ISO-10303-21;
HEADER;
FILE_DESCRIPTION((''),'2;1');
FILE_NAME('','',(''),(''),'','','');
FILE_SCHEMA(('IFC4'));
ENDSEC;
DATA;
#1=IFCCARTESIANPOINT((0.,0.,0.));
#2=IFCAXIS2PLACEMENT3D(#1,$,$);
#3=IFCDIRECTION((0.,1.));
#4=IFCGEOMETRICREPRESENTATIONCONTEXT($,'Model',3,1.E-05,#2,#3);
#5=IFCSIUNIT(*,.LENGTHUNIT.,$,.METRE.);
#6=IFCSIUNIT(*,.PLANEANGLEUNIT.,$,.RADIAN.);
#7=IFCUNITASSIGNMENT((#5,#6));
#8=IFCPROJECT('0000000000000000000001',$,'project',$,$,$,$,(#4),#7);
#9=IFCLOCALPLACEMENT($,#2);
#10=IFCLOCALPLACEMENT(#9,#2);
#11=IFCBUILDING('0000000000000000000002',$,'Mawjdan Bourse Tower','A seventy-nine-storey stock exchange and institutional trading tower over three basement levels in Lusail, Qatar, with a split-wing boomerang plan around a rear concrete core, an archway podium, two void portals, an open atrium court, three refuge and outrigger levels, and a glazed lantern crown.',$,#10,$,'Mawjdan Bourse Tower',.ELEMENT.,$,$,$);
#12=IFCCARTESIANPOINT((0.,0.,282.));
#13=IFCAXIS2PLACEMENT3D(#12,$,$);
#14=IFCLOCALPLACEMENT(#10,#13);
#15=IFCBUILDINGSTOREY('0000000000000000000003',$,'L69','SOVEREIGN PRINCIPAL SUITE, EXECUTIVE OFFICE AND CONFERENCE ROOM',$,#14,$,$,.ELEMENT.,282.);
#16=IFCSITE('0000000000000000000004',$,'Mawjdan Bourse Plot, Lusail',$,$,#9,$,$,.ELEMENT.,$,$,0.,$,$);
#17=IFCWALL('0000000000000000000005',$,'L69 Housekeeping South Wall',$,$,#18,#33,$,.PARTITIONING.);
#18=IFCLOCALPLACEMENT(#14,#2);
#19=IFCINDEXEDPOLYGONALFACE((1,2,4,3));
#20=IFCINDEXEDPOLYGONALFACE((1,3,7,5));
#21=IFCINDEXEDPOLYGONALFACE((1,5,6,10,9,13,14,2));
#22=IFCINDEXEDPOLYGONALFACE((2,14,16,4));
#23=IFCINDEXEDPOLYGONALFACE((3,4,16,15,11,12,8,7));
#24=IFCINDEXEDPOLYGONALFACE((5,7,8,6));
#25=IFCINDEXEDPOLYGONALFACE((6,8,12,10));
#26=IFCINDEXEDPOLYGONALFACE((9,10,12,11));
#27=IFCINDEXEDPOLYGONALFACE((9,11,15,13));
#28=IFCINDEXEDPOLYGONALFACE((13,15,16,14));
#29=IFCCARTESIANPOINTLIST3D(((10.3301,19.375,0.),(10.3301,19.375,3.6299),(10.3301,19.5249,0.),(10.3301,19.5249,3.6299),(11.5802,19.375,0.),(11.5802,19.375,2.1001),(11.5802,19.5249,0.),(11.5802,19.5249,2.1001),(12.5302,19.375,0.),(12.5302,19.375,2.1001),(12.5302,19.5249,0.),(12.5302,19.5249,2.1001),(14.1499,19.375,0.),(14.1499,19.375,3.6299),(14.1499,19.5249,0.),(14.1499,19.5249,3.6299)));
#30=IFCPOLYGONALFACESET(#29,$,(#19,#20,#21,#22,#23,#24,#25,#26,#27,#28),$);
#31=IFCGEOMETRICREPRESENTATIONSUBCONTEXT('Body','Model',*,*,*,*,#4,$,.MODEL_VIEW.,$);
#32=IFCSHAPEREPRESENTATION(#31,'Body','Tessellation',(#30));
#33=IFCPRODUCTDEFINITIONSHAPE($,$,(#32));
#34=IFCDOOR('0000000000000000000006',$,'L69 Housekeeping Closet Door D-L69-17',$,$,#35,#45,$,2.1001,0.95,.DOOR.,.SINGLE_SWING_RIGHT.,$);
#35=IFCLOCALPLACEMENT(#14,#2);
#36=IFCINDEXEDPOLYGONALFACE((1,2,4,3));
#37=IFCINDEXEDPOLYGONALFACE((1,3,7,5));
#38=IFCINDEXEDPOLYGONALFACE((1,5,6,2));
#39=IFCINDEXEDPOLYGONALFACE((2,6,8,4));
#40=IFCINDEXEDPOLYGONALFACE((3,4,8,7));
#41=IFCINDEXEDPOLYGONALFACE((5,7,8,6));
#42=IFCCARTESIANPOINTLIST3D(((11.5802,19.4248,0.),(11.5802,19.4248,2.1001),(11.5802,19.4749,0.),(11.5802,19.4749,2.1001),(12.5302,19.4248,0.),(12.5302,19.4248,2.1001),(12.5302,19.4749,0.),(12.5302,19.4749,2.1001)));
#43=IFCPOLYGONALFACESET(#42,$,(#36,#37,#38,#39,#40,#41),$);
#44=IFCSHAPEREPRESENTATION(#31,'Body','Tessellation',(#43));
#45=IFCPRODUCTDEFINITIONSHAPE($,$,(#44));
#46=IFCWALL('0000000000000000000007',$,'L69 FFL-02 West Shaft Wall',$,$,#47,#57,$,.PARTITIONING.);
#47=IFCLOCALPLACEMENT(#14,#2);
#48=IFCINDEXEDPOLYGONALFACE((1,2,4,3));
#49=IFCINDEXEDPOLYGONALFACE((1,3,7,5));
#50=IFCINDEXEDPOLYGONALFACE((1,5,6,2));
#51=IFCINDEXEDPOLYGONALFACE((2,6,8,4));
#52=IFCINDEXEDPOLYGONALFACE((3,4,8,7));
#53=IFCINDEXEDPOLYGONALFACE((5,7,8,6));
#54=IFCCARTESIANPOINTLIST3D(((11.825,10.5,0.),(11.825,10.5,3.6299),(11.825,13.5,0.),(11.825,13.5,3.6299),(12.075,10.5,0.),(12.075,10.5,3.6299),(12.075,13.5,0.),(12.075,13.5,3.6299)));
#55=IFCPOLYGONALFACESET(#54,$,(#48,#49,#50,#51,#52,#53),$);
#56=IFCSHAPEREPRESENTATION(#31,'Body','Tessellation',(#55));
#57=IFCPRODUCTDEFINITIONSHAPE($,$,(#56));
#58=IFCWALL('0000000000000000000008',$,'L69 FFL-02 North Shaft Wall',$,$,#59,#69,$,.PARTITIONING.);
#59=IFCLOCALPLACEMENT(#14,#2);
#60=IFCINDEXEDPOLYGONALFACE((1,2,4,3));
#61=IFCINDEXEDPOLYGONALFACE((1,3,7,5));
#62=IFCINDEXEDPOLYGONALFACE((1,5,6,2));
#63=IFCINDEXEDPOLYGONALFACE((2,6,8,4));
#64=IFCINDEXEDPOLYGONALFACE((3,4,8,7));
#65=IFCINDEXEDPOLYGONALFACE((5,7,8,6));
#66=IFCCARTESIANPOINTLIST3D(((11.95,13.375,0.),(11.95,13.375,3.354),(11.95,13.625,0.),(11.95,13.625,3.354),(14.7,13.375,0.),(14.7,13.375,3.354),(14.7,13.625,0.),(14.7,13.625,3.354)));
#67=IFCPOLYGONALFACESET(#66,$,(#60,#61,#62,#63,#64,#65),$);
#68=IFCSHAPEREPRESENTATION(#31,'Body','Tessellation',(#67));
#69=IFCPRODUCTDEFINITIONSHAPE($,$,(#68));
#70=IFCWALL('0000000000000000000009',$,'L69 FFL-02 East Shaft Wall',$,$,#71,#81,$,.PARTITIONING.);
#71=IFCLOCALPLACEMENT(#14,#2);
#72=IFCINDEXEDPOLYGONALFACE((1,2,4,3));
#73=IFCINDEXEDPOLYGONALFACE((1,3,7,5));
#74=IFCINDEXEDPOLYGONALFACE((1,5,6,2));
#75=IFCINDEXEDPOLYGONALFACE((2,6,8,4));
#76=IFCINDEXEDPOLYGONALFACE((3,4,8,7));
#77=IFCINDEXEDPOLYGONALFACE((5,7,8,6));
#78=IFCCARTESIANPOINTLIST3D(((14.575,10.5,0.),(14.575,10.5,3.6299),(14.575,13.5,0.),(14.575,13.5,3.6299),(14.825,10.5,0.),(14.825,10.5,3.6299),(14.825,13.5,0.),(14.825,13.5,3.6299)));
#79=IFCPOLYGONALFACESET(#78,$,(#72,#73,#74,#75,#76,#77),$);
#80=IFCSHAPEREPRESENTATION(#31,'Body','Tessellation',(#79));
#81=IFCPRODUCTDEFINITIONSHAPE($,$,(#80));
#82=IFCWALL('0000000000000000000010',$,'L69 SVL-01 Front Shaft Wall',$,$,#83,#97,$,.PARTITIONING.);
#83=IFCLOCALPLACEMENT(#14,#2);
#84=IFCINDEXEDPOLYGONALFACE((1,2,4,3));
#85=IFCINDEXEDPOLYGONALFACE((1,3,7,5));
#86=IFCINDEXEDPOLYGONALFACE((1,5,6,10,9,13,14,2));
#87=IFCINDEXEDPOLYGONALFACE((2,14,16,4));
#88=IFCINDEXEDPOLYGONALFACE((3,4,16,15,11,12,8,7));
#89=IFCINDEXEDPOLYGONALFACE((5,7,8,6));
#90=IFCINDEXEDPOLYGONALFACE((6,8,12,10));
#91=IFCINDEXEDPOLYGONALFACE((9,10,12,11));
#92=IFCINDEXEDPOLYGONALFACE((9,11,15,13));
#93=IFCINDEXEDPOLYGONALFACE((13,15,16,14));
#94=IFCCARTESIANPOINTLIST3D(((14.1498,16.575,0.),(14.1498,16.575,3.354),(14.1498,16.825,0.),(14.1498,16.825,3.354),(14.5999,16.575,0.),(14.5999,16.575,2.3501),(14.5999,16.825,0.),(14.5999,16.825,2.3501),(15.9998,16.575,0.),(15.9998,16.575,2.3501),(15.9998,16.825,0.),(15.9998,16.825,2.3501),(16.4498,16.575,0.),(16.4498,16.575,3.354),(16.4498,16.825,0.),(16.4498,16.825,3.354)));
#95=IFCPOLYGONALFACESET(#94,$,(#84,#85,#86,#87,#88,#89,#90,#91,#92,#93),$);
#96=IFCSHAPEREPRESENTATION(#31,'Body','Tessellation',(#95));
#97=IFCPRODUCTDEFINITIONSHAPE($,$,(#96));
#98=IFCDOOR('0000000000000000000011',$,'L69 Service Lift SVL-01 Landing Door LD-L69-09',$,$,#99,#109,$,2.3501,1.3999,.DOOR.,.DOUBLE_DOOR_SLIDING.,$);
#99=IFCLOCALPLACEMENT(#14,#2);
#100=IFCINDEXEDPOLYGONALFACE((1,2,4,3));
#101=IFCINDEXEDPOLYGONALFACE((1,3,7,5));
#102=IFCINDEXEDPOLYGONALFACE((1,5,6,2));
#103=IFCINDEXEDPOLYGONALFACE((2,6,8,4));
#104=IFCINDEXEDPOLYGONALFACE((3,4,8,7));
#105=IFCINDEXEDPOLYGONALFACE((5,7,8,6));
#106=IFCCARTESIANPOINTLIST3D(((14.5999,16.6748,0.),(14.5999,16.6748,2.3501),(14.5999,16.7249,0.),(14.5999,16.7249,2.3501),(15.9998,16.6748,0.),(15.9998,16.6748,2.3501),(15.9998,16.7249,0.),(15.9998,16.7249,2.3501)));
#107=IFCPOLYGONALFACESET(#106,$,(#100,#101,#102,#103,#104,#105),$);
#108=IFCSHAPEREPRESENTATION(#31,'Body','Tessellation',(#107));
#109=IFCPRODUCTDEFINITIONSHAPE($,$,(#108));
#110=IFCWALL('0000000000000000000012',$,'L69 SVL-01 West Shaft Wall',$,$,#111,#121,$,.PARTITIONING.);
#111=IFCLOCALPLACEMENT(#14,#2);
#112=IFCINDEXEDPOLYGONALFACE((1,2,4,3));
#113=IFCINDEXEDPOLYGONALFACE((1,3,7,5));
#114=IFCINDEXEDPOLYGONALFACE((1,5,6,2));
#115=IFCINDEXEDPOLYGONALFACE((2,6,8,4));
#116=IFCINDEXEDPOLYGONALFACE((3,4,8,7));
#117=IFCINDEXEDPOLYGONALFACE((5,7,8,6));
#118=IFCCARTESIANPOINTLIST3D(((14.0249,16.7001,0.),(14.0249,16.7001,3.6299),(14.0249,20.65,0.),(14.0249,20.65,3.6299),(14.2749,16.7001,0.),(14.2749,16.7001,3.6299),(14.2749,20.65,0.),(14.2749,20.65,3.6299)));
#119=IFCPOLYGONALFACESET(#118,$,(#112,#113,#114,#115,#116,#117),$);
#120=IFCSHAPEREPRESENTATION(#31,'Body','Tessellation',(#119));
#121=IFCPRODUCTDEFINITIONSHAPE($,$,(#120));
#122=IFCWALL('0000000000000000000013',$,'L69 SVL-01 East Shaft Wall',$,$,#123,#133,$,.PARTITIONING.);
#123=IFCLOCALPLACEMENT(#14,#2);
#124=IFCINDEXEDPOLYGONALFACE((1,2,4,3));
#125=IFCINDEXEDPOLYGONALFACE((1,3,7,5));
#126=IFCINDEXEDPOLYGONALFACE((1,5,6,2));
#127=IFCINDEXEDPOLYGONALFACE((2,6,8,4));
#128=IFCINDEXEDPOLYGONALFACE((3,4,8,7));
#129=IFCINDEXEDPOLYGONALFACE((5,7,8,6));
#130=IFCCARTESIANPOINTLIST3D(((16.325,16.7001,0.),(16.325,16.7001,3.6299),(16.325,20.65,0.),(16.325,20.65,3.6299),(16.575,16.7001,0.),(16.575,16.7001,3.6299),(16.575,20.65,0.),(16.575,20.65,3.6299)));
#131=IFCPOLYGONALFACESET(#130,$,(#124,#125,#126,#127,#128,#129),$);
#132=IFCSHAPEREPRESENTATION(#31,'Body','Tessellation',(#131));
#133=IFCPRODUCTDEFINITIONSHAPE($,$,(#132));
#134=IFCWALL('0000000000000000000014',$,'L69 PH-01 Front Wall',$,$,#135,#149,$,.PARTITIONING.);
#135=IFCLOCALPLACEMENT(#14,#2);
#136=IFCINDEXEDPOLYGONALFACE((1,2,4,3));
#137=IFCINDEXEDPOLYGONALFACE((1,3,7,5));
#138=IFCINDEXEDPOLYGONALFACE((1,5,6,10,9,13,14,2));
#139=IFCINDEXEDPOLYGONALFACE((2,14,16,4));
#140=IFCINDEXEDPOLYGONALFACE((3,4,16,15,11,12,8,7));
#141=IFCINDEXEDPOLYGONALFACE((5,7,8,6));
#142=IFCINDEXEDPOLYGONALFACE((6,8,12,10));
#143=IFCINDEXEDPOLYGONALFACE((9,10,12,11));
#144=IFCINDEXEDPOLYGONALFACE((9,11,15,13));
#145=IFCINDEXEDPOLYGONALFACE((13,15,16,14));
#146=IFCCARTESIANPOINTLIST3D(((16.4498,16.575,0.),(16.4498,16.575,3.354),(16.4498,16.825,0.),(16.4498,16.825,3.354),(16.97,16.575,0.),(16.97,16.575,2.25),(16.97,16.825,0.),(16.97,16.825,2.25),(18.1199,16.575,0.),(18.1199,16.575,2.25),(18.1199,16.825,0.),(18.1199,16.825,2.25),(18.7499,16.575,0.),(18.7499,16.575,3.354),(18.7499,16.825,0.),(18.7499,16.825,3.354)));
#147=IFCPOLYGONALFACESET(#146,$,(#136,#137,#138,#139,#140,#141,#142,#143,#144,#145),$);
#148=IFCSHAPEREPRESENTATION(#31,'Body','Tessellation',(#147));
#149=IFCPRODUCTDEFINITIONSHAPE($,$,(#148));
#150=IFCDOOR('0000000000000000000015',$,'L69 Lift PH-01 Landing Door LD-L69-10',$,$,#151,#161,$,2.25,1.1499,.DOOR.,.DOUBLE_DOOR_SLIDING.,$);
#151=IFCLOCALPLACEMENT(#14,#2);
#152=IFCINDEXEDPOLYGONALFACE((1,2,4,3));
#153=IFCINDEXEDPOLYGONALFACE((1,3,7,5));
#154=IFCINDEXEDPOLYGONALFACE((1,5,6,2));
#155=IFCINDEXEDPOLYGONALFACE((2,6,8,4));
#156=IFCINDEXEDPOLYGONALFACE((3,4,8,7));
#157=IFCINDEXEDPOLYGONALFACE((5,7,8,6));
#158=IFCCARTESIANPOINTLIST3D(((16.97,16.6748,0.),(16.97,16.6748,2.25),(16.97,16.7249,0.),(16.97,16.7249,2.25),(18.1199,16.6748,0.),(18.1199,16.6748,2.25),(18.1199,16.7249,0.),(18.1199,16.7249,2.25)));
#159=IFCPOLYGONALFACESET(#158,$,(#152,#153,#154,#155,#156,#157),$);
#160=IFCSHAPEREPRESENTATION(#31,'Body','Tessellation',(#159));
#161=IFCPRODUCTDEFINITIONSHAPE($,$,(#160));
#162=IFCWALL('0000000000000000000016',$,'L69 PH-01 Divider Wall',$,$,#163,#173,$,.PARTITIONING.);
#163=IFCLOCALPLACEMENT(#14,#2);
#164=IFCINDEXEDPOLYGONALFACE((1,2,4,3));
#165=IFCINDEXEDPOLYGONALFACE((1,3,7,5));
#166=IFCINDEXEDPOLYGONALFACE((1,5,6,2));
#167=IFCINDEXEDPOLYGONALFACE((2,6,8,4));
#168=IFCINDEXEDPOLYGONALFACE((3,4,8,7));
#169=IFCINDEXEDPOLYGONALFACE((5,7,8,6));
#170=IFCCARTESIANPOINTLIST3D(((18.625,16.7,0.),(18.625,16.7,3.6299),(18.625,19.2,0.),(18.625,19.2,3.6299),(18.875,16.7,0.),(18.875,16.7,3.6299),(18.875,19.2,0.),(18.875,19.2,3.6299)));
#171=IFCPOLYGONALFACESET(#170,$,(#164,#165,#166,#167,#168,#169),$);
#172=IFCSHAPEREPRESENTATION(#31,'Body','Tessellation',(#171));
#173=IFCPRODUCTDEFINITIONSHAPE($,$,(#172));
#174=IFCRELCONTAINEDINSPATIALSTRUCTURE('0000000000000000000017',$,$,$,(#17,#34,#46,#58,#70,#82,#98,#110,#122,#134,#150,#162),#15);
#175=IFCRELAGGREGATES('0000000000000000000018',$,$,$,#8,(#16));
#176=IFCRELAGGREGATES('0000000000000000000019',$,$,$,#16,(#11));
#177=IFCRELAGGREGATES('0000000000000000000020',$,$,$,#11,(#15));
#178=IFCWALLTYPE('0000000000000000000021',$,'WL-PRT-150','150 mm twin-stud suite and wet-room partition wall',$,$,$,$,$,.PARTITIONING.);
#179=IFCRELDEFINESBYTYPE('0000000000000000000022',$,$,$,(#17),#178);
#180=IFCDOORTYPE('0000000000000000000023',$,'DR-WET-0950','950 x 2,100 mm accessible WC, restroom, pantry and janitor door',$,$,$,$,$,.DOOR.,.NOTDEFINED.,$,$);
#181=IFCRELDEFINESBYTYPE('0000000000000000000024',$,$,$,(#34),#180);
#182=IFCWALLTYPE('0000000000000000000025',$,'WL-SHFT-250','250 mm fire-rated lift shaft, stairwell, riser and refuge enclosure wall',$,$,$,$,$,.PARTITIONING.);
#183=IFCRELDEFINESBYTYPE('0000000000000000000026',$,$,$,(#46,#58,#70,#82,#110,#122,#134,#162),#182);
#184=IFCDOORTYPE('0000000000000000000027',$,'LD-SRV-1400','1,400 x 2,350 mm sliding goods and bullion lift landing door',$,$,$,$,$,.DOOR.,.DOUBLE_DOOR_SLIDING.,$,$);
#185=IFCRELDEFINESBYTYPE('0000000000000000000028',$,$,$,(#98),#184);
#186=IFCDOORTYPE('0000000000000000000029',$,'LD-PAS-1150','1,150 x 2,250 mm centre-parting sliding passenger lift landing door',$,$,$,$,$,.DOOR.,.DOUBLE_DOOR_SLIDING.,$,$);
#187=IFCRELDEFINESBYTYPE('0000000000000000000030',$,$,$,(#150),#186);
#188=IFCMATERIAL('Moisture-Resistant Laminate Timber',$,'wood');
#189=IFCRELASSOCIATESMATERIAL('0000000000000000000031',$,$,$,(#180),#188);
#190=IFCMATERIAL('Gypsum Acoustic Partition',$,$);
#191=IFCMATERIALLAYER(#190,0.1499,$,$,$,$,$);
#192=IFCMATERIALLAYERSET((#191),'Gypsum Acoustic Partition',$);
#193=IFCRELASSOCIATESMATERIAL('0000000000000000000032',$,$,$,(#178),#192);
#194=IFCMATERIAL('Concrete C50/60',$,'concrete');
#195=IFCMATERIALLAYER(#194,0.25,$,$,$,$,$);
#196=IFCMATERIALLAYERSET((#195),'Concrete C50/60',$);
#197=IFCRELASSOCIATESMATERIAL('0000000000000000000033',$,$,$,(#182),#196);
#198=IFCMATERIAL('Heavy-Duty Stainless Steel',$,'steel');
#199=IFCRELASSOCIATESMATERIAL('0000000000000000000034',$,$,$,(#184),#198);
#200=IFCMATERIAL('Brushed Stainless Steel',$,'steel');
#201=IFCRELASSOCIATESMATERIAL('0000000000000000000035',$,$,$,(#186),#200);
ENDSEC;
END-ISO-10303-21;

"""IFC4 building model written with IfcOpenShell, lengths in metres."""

from ifc_helpers import new_model, si_unit, direction, frame, frame_2d, origin, place, context, subcontext, project, spatial, rectangle, extrude, material, layer, layer_set, type_object, element, fill, save


model = new_model("IFC4")

# Units and contexts
model_context = context("Model", 3, precision=1e-05, world=origin(), true_north=direction((0.0, 1.0)))
body_context = subcontext(model_context, "Body", "Model", "MODEL_VIEW")
ifc_project = project(units=[si_unit("LENGTHUNIT", "METRE"), si_unit("PLANEANGLEUNIT", "RADIAN")], contexts=[model_context])

# Site, building, storey
site_placement = place(None, origin())
site = spatial("IfcSite", under=ifc_project, at=site_placement, Name="Mawjdan Bourse Plot, Lusail", CompositionType="ELEMENT", RefElevation=0.0)
building_placement = place(site_placement, origin())
building = spatial("IfcBuilding", under=site, at=building_placement, Name="Mawjdan Bourse Tower", Description="A seventy-nine-storey stock exchange and institutional trading tower over three basement levels in Lusail, Qatar, with a split-wing boomerang plan around a rear concrete core, an archway podium, two void portals, an open atrium court, three refuge and outrigger levels, and a glazed lantern crown.", LongName="Mawjdan Bourse Tower", CompositionType="ELEMENT")
storey_placement = place(building_placement, frame((0.0, 0.0, 282.0)))
storey = spatial("IfcBuildingStorey", under=building, at=storey_placement, Name="L69", Description="SOVEREIGN PRINCIPAL SUITE, EXECUTIVE OFFICE AND CONFERENCE ROOM", CompositionType="ELEMENT", Elevation=282.0)

# Wall, opening, door
ifc_material_1 = material(Name="Moisture-Resistant Laminate Timber", Category="wood")
door_type_1 = type_object("IfcDoorType", Name="DR-WET-0950", Description="950 x 2,100 mm accessible WC, restroom, pantry and janitor door", OperationType="NOTDEFINED", PredefinedType="DOOR", material=ifc_material_1)
ifc_material_2 = material(Name="Gypsum Acoustic Partition")
ifc_layer_1 = layer(ifc_material_2, 0.1499)
ifc_layer_set_1 = layer_set([ifc_layer_1], Name="Gypsum Acoustic Partition")
wall_type_1 = type_object("IfcWallType", Name="WL-PRT-150", Description="150 mm twin-stud suite and wet-room partition wall", PredefinedType="PARTITIONING", material=ifc_layer_set_1)
wall_1_placement = place(storey_placement, frame((10.3301, 19.45, 0.0), z_axis=(0.0, 0.0, 1.0), x_axis=(1.0, 0.0, 0.0)))
wall_1 = element("IfcWall", 1, at=wall_1_placement, inside=storey, type_object=wall_type_1, Name="L69 Housekeeping South Wall", PredefinedType="PARTITIONING", context=body_context, shape_type="SweptSolid", body=[
    extrude(rectangle(XDim=3.8198, YDim=0.1499, at=frame_2d((1.9099, 0.0))), origin(), (0.0, 0.0, 1.0), 3.6299),
])
opening_1_placement = place(wall_1_placement, frame((1.25, 0.0, 0.0)))
opening_1 = element("IfcOpeningElement", 2, at=opening_1_placement, cuts=wall_1, PredefinedType="OPENING", context=body_context, shape_type="SweptSolid", body=[
    extrude(rectangle(XDim=0.95, YDim=2.1001, at=frame_2d((0.4751, 1.05))), frame((0.0, 0.085, 0.0), z_axis=(0.0, -1.0, 0.0), x_axis=(1.0, 0.0, 0.0)), (0.0, 0.0, 1.0), 0.1699),
])
door_1_placement = place(opening_1_placement, origin())
door_1 = element("IfcDoor", 3, at=door_1_placement, inside=storey, type_object=door_type_1, Name="L69 Housekeeping Closet Door D-L69-17", OperationType="SINGLE_SWING_RIGHT", OverallHeight=2.1001, OverallWidth=0.95, PredefinedType="DOOR", context=body_context, shape_type="SweptSolid", body=[
    extrude(rectangle(XDim=0.95, YDim=2.1001, at=frame_2d((0.4751, 1.05))), frame((0.0, 0.0249, 0.0), z_axis=(0.0, -1.0, 0.0), x_axis=(1.0, 0.0, 0.0)), (0.0, 0.0, 1.0), 0.05),
])
fill(opening_1, door_1)

# Walls
ifc_material_3 = material(Name="Concrete C50/60", Category="concrete")
ifc_layer_2 = layer(ifc_material_3, 0.25)
ifc_layer_set_2 = layer_set([ifc_layer_2], Name="Concrete C50/60")
wall_type_2 = type_object("IfcWallType", Name="WL-SHFT-250", Description="250 mm fire-rated lift shaft, stairwell, riser and refuge enclosure wall", PredefinedType="PARTITIONING", material=ifc_layer_set_2)
wall_2_placement = place(storey_placement, frame((11.95, 10.5, 0.0), z_axis=(0.0, 0.0, 1.0), x_axis=(0.0, 1.0, 0.0)))
element("IfcWall", 4, at=wall_2_placement, inside=storey, type_object=wall_type_2, Name="L69 FFL-02 West Shaft Wall", PredefinedType="PARTITIONING", context=body_context, shape_type="SweptSolid", body=[
    extrude(rectangle(XDim=3.0, YDim=0.25, at=frame_2d((1.5, 0.0))), origin(), (0.0, 0.0, 1.0), 3.6299),
])
wall_3_placement = place(storey_placement, frame((11.95, 13.5, 0.0), z_axis=(0.0, 0.0, 1.0), x_axis=(1.0, 0.0, 0.0)))
element("IfcWall", 5, at=wall_3_placement, inside=storey, type_object=wall_type_2, Name="L69 FFL-02 North Shaft Wall", PredefinedType="PARTITIONING", context=body_context, shape_type="SweptSolid", body=[
    extrude(rectangle(XDim=2.75, YDim=0.25, at=frame_2d((1.375, 0.0))), origin(), (0.0, 0.0, 1.0), 3.354),
])
wall_4_placement = place(storey_placement, frame((14.7, 10.5, 0.0), z_axis=(0.0, 0.0, 1.0), x_axis=(0.0, 1.0, 0.0)))
element("IfcWall", 6, at=wall_4_placement, inside=storey, type_object=wall_type_2, Name="L69 FFL-02 East Shaft Wall", PredefinedType="PARTITIONING", context=body_context, shape_type="SweptSolid", body=[
    extrude(rectangle(XDim=3.0, YDim=0.25, at=frame_2d((1.5, 0.0))), origin(), (0.0, 0.0, 1.0), 3.6299),
])

# Wall, opening, door
wall_5_placement = place(storey_placement, frame((14.1499, 16.7, 0.0), z_axis=(0.0, 0.0, 1.0), x_axis=(1.0, 0.0, 0.0)))
wall_5 = element("IfcWall", 7, at=wall_5_placement, inside=storey, type_object=wall_type_2, Name="L69 SVL-01 Front Shaft Wall", PredefinedType="PARTITIONING", context=body_context, shape_type="SweptSolid", body=[
    extrude(rectangle(XDim=2.3, YDim=0.25, at=frame_2d((1.1499, 0.0))), origin(), (0.0, 0.0, 1.0), 3.354),
])
opening_2_placement = place(wall_5_placement, frame((0.45, 0.0, 0.0)))
opening_2 = element("IfcOpeningElement", 8, at=opening_2_placement, cuts=wall_5, PredefinedType="OPENING", context=body_context, shape_type="SweptSolid", body=[
    extrude(rectangle(XDim=1.3999, YDim=2.3501, at=frame_2d((0.7, 1.175))), frame((0.0, 0.135, 0.0), z_axis=(0.0, -1.0, 0.0), x_axis=(1.0, 0.0, 0.0)), (0.0, 0.0, 1.0), 0.27),
])
ifc_material_4 = material(Name="Heavy-Duty Stainless Steel", Category="steel")
door_type_2 = type_object("IfcDoorType", Name="LD-SRV-1400", Description="1,400 x 2,350 mm sliding goods and bullion lift landing door", OperationType="DOUBLE_DOOR_SLIDING", PredefinedType="DOOR", material=ifc_material_4)
door_2_placement = place(opening_2_placement, origin())
door_2 = element("IfcDoor", 9, at=door_2_placement, inside=storey, type_object=door_type_2, Name="L69 Service Lift SVL-01 Landing Door LD-L69-09", OperationType="DOUBLE_DOOR_SLIDING", OverallHeight=2.3501, OverallWidth=1.3999, PredefinedType="DOOR", context=body_context, shape_type="SweptSolid", body=[
    extrude(rectangle(XDim=1.3999, YDim=2.3501, at=frame_2d((0.7, 1.175))), frame((0.0, 0.0249, 0.0), z_axis=(0.0, -1.0, 0.0), x_axis=(1.0, 0.0, 0.0)), (0.0, 0.0, 1.0), 0.05),
])
fill(opening_2, door_2)

# Walls
for number, where, z_axis, x_axis, name in (
    (10, (14.1499, 16.7, 0.0), (0.0, 0.0, 1.0), (0.0, 1.0, 0.0), "L69 SVL-01 West Shaft Wall"),
    (11, (16.45, 16.7, 0.0), (0.0, 0.0, 1.0), (0.0, 1.0, 0.0), "L69 SVL-01 East Shaft Wall"),
):
    element("IfcWall", number, at=place(storey_placement, frame(where, z_axis=z_axis, x_axis=x_axis)), inside=storey, type_object=wall_type_2, Name=name, PredefinedType="PARTITIONING", context=body_context, shape_type="SweptSolid", body=[
        extrude(rectangle(XDim=3.95, YDim=0.25, at=frame_2d((1.9751, 0.0))), origin(), (0.0, 0.0, 1.0), 3.6299),
    ])

# Wall, opening, door
wall_6_placement = place(storey_placement, frame((16.45, 16.7, 0.0), z_axis=(0.0, 0.0, 1.0), x_axis=(1.0, 0.0, 0.0)))
wall_6 = element("IfcWall", 12, at=wall_6_placement, inside=storey, type_object=wall_type_2, Name="L69 PH-01 Front Wall", PredefinedType="PARTITIONING", context=body_context, shape_type="SweptSolid", body=[
    extrude(rectangle(XDim=2.3, YDim=0.25, at=frame_2d((1.1499, 0.0))), origin(), (0.0, 0.0, 1.0), 3.354),
])
opening_3_placement = place(wall_6_placement, frame((0.52, 0.0, 0.0)))
opening_3 = element("IfcOpeningElement", 13, at=opening_3_placement, cuts=wall_6, PredefinedType="OPENING", context=body_context, shape_type="SweptSolid", body=[
    extrude(rectangle(XDim=1.1499, YDim=2.25, at=frame_2d((0.575, 1.125))), frame((0.0, 0.135, 0.0), z_axis=(0.0, -1.0, 0.0), x_axis=(1.0, 0.0, 0.0)), (0.0, 0.0, 1.0), 0.27),
])
ifc_material_5 = material(Name="Brushed Stainless Steel", Category="steel")
door_type_3 = type_object("IfcDoorType", Name="LD-PAS-1150", Description="1,150 x 2,250 mm centre-parting sliding passenger lift landing door", OperationType="DOUBLE_DOOR_SLIDING", PredefinedType="DOOR", material=ifc_material_5)
door_3_placement = place(opening_3_placement, origin())
door_3 = element("IfcDoor", 14, at=door_3_placement, inside=storey, type_object=door_type_3, Name="L69 Lift PH-01 Landing Door LD-L69-10", OperationType="DOUBLE_DOOR_SLIDING", OverallHeight=2.25, OverallWidth=1.1499, PredefinedType="DOOR", context=body_context, shape_type="SweptSolid", body=[
    extrude(rectangle(XDim=1.1499, YDim=2.25, at=frame_2d((0.575, 1.125))), frame((0.0, 0.0249, 0.0), z_axis=(0.0, -1.0, 0.0), x_axis=(1.0, 0.0, 0.0)), (0.0, 0.0, 1.0), 0.05),
])
fill(opening_3, door_3)

# Wall
wall_7_placement = place(storey_placement, frame((18.75, 16.7, 0.0), z_axis=(0.0, 0.0, 1.0), x_axis=(0.0, 1.0, 0.0)))
element("IfcWall", 15, at=wall_7_placement, inside=storey, type_object=wall_type_2, Name="L69 PH-01 Divider Wall", PredefinedType="PARTITIONING", context=body_context, shape_type="SweptSolid", body=[
    extrude(rectangle(XDim=2.5, YDim=0.25, at=frame_2d((1.25, 0.0))), origin(), (0.0, 0.0, 1.0), 3.6299),
])

save(model, "model.ifc")
